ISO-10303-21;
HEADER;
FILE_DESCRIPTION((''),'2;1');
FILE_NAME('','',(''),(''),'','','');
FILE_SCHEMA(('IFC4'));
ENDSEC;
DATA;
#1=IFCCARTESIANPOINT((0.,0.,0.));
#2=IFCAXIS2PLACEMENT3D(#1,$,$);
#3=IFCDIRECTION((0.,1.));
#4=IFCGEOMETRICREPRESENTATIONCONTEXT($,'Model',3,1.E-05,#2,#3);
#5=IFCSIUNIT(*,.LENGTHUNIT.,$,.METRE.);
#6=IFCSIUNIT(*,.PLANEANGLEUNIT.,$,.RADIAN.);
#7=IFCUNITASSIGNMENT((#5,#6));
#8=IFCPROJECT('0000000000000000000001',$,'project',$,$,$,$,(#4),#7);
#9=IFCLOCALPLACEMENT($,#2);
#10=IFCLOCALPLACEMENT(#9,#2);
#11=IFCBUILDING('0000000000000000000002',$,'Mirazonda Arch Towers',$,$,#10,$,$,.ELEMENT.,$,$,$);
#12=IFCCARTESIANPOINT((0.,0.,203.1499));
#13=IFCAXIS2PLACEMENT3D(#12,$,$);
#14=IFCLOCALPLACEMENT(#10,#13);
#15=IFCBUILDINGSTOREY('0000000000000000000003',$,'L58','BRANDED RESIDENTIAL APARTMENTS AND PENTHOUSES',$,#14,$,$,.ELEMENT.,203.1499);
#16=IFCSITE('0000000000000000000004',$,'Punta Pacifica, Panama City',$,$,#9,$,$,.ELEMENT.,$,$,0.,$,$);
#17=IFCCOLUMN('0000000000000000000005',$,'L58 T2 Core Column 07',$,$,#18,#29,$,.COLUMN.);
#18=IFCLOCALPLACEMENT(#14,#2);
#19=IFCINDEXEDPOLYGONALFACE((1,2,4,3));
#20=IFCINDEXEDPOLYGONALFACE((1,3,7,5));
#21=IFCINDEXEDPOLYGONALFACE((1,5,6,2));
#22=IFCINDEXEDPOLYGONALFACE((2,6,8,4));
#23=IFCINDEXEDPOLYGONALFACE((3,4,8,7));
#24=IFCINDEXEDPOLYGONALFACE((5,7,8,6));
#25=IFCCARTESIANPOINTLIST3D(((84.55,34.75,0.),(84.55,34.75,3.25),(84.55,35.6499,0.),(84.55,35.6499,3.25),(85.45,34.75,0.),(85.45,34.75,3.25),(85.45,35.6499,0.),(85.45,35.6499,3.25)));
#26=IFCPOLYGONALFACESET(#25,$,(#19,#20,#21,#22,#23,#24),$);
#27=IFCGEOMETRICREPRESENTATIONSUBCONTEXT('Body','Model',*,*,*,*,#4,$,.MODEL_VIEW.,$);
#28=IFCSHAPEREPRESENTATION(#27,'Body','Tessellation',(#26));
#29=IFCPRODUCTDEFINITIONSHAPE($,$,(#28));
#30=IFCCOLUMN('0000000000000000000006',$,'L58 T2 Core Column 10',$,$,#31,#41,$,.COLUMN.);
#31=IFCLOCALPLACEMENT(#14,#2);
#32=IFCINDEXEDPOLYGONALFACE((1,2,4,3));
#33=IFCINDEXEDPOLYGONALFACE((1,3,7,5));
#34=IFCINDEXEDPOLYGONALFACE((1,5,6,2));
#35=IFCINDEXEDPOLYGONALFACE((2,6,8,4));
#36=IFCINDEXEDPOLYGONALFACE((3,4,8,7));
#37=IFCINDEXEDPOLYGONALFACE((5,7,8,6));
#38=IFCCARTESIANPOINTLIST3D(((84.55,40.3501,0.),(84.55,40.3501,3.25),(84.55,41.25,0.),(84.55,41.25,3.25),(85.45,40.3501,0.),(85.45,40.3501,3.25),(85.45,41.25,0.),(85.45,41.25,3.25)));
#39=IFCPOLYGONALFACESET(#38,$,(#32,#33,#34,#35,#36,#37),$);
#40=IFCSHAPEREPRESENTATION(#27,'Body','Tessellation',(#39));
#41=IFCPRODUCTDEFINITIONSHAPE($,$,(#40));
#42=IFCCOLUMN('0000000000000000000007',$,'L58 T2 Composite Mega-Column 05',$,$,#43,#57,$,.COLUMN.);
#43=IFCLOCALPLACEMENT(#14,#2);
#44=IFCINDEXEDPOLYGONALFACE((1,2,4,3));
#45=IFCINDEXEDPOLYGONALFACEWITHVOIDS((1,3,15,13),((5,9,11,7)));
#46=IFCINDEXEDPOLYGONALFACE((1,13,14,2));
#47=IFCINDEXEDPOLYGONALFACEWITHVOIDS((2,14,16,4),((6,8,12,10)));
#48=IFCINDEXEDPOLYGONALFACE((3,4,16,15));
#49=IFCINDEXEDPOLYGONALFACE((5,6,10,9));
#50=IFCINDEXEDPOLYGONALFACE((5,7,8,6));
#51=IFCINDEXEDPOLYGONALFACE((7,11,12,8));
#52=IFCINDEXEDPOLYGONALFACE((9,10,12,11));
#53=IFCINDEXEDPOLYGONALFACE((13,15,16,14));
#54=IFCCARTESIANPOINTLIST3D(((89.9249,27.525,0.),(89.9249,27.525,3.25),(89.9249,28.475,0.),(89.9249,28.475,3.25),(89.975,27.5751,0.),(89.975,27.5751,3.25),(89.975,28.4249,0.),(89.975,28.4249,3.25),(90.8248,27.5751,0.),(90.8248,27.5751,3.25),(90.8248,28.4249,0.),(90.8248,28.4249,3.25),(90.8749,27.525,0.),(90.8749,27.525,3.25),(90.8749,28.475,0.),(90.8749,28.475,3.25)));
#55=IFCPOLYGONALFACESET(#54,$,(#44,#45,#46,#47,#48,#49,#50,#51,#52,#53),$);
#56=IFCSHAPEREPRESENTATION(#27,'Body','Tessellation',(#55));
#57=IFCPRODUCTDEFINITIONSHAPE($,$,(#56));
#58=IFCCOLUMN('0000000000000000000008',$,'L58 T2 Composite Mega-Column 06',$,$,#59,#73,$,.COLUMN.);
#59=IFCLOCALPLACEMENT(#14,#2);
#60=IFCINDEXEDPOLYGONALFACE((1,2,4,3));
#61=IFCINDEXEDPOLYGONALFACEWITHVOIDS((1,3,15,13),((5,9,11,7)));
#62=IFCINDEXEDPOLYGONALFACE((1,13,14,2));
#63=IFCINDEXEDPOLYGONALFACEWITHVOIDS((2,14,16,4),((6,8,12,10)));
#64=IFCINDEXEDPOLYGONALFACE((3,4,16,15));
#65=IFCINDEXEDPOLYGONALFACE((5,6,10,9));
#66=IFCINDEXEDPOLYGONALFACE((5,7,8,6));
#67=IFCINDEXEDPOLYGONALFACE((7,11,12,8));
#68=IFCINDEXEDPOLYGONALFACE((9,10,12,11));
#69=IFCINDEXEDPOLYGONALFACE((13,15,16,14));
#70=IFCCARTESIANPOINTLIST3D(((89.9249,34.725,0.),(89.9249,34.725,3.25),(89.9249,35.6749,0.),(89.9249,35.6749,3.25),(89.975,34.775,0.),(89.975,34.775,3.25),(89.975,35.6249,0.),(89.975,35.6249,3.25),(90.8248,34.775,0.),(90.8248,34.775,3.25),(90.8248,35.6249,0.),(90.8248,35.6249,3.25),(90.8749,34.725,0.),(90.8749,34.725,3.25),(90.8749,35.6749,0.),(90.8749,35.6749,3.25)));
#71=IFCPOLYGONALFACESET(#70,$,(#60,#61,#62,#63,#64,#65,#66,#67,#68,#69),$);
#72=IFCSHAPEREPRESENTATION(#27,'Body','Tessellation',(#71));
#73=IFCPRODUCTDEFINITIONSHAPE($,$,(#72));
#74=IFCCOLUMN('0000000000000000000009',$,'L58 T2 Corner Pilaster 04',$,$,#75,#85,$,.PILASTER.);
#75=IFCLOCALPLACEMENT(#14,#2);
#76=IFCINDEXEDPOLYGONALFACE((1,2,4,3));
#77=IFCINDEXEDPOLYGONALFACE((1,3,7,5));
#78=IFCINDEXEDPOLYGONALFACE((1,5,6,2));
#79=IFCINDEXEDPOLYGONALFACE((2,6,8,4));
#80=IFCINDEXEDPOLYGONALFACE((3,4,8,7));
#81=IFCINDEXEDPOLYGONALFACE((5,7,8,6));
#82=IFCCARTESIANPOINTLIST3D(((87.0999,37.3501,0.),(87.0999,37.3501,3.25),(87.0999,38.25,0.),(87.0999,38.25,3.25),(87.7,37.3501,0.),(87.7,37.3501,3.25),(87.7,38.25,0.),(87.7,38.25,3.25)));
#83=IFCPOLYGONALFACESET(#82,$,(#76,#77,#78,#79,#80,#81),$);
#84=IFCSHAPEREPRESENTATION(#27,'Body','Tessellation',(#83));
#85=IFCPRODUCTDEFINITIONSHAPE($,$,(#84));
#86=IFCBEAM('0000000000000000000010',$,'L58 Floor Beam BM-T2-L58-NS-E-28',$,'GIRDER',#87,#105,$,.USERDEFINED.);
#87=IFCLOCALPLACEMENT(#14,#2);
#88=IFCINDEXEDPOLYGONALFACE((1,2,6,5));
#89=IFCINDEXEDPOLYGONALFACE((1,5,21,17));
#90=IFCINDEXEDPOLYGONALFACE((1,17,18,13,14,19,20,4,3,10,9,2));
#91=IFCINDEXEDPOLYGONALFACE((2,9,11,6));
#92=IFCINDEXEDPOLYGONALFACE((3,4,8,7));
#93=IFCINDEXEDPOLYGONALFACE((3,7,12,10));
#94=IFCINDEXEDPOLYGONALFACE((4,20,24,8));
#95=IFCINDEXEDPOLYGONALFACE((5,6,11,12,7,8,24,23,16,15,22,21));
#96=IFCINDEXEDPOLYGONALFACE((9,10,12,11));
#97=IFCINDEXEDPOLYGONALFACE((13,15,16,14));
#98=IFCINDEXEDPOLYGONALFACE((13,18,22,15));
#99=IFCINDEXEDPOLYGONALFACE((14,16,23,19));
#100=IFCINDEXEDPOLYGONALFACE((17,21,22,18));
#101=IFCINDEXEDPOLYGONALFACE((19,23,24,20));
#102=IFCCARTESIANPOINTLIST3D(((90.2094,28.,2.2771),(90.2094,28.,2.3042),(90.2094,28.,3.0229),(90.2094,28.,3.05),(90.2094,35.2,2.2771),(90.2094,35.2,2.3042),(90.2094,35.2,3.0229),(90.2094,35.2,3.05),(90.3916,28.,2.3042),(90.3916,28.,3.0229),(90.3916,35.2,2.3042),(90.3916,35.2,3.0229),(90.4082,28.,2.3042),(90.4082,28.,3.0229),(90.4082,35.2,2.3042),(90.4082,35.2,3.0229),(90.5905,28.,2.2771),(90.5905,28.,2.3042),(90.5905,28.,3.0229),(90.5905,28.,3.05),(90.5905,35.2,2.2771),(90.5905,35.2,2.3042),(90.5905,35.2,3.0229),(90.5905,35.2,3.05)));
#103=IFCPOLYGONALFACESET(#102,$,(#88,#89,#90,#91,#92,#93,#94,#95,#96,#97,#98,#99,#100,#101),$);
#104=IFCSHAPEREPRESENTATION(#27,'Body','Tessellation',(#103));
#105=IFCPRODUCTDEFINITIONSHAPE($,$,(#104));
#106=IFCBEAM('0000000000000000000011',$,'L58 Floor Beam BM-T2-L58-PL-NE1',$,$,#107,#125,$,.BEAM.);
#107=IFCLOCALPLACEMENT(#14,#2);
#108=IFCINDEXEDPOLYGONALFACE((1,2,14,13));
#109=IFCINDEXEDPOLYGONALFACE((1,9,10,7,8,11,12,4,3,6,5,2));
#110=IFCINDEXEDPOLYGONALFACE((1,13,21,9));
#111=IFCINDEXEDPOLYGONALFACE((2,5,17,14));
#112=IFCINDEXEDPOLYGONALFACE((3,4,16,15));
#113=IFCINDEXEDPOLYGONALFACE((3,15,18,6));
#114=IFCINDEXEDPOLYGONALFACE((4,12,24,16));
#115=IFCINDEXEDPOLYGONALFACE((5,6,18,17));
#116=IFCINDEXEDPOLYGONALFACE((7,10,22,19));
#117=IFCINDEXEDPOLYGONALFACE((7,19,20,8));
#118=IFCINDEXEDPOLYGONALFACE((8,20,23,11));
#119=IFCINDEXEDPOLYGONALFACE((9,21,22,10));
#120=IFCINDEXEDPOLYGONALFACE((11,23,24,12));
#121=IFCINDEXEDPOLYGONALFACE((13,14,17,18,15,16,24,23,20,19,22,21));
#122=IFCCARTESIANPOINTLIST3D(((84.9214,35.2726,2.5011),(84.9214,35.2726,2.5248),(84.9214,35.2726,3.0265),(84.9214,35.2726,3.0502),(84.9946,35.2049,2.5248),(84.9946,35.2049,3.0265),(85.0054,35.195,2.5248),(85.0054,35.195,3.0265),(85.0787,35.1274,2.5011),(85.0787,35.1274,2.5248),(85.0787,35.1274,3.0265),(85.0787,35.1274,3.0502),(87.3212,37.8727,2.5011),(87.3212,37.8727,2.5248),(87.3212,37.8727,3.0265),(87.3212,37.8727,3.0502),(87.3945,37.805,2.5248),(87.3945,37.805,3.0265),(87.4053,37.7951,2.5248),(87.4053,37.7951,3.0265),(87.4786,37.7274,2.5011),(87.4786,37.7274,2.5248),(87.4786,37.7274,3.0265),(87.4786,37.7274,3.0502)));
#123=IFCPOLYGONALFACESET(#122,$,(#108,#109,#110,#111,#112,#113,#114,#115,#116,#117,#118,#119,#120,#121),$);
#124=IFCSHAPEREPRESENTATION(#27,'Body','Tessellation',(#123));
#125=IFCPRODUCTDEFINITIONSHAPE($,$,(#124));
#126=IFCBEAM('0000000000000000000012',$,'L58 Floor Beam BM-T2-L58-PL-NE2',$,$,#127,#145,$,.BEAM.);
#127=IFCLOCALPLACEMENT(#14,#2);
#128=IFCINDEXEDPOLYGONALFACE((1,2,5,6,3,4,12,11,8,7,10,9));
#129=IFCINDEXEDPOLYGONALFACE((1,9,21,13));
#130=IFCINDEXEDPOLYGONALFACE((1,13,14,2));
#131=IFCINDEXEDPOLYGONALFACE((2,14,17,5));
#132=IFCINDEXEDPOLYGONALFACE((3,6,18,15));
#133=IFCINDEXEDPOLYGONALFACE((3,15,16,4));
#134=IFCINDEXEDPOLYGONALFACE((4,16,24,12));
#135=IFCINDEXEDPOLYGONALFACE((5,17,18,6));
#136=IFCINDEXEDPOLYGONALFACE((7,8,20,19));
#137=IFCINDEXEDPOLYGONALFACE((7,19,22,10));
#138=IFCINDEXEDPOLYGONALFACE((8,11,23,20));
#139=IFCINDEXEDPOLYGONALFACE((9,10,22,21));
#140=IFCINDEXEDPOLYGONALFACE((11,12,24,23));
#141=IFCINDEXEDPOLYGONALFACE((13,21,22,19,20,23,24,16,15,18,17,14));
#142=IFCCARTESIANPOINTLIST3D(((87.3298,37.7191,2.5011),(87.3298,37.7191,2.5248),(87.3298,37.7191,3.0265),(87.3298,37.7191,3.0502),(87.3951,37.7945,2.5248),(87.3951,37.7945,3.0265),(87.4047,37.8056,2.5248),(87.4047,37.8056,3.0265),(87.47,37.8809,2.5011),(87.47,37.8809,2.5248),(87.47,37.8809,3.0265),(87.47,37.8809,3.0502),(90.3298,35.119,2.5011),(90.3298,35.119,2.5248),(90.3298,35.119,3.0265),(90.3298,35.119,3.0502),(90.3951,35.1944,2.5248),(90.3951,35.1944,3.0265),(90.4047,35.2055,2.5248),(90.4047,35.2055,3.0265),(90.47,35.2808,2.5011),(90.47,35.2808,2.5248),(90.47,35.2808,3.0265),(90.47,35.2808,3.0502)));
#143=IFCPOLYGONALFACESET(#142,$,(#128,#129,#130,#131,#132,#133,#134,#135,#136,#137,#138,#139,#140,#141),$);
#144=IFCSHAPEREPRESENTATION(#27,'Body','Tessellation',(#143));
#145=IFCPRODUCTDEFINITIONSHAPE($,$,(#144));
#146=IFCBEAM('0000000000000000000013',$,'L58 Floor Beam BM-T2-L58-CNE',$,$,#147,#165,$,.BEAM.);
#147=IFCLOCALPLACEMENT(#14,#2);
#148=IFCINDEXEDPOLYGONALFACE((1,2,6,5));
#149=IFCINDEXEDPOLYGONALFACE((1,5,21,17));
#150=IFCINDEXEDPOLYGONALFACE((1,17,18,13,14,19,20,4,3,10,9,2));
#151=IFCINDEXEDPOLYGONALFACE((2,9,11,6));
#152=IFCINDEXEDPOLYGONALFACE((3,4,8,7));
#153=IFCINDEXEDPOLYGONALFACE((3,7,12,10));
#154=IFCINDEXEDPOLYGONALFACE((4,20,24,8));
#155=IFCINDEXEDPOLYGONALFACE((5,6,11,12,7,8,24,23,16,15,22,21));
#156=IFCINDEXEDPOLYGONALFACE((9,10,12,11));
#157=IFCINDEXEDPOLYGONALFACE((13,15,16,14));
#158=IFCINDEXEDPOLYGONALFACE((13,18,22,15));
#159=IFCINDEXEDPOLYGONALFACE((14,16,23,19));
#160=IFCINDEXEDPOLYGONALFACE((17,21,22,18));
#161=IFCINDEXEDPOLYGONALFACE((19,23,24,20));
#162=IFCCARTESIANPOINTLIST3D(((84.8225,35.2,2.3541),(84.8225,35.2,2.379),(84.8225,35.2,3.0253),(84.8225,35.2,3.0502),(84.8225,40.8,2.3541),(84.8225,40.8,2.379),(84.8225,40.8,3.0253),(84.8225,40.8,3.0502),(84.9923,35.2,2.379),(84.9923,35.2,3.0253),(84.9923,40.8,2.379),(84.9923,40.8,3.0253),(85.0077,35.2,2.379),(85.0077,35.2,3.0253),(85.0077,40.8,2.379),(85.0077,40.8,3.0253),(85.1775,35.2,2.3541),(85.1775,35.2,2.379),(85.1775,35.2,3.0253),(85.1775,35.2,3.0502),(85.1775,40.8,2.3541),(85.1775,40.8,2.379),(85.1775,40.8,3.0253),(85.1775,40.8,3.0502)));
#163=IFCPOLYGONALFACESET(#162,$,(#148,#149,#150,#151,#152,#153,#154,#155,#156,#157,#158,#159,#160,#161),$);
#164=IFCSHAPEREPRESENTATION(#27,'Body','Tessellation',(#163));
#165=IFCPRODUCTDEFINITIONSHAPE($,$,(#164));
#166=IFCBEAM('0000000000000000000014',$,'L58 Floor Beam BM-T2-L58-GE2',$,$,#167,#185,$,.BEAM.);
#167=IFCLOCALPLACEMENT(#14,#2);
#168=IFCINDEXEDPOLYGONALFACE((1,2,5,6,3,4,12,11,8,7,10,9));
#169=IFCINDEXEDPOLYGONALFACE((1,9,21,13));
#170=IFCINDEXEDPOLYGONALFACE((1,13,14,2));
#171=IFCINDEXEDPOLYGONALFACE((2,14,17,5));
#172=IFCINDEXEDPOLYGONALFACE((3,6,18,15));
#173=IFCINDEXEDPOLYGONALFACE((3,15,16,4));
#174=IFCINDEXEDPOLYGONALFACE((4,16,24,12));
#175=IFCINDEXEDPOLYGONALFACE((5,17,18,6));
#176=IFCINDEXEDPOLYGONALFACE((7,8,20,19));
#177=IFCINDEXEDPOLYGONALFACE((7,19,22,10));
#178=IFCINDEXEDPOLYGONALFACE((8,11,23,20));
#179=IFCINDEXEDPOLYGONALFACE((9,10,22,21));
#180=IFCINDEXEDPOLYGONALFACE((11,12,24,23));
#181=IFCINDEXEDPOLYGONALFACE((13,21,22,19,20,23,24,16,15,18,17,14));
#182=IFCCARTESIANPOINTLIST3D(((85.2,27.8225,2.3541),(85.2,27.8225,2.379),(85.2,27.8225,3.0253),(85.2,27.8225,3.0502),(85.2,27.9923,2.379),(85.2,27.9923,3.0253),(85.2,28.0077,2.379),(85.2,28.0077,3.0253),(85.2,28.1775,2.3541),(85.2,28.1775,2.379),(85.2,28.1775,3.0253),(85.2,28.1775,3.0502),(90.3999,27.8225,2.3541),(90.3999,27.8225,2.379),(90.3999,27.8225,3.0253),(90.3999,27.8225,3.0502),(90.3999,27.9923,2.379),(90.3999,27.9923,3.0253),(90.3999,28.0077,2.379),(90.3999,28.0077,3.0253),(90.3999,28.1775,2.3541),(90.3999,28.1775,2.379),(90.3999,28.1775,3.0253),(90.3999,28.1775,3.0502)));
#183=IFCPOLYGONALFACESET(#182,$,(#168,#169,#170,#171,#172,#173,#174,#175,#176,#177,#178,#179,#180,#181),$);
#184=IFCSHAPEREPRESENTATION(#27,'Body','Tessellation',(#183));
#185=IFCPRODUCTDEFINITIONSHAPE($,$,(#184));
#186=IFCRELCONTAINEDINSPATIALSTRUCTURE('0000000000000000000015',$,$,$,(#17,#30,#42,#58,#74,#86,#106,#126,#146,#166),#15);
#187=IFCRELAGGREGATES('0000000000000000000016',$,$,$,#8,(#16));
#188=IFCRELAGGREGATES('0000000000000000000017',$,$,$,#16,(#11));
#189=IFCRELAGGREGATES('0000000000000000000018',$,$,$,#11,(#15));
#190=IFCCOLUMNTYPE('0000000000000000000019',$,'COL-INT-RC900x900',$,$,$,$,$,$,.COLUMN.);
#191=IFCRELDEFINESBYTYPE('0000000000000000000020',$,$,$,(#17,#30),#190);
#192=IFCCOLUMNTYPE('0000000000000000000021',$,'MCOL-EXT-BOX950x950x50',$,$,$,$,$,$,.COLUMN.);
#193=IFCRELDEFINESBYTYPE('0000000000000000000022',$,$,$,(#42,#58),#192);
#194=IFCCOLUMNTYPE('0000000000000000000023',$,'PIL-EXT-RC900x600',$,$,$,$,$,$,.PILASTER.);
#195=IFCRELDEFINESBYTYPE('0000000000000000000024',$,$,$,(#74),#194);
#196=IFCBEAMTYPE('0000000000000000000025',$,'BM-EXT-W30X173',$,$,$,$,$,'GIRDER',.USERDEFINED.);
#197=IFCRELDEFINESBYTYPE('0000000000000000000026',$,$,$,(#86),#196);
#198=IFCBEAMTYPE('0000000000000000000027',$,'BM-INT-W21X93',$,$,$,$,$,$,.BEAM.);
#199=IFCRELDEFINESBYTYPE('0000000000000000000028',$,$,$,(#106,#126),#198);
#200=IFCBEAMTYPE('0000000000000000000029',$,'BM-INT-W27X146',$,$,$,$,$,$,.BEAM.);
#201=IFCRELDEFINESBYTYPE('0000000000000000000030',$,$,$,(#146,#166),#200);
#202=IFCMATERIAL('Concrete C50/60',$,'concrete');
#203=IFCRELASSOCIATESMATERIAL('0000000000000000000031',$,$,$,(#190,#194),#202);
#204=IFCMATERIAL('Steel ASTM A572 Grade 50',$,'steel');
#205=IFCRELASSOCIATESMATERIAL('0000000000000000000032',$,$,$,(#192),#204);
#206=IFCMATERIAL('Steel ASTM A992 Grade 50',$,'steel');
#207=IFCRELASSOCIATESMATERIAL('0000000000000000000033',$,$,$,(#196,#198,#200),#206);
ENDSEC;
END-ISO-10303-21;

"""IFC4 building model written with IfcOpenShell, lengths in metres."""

from ifc_helpers import new_model, si_unit, direction, frame, origin, origin_2d, place, context, subcontext, project, spatial, rectangle, hollow_rectangle, i_section, extrude, material, material_profile, profile_set, type_object, element, save


model = new_model("IFC4")

# Units and contexts
model_context = context("Model", 3, precision=1e-05, world=origin(), true_north=direction((0.0, 1.0)))
body_context = subcontext(model_context, "Body", "Model", "MODEL_VIEW")
ifc_project = project(units=[si_unit("LENGTHUNIT", "METRE"), si_unit("PLANEANGLEUNIT", "RADIAN")], contexts=[model_context])

# Site, building, storey
site_placement = place(None, origin())
site = spatial("IfcSite", under=ifc_project, at=site_placement, Name="Punta Pacifica, Panama City", CompositionType="ELEMENT", RefElevation=0.0)
building_placement = place(site_placement, origin())
building = spatial("IfcBuilding", under=site, at=building_placement, Name="Mirazonda Arch Towers", CompositionType="ELEMENT")
storey_placement = place(building_placement, frame((0.0, 0.0, 203.1499)))
storey = spatial("IfcBuildingStorey", under=building, at=storey_placement, Name="L58", Description="BRANDED RESIDENTIAL APARTMENTS AND PENTHOUSES", CompositionType="ELEMENT", Elevation=203.1499)

# Columns
ifc_material_1 = material(Name="Concrete C50/60", Category="concrete")
ifc_material_profile_1 = material_profile(ifc_material_1, rectangle(XDim=0.8999, YDim=0.8999, at=origin_2d()), Name="RC900x900")
ifc_profile_set_1 = profile_set([ifc_material_profile_1], Name="Concrete C50/60")
column_type_1 = type_object("IfcColumnType", Name="COL-INT-RC900x900", PredefinedType="COLUMN", material=ifc_profile_set_1)
for number, where, z_axis, x_axis, name in (
    (1, (85.0, 35.2, 0.0), (0.0, 0.0, 1.0), (1.0, 0.0, 0.0), "L58 T2 Core Column 07"),
    (2, (85.0, 40.8, 0.0), (0.0, 0.0, 1.0), (1.0, 0.0, 0.0), "L58 T2 Core Column 10"),
):
    element("IfcColumn", number, at=place(storey_placement, frame(where, z_axis=z_axis, x_axis=x_axis)), inside=storey, type_object=column_type_1, Name=name, PredefinedType="COLUMN", context=body_context, shape_type="SweptSolid", body=[
        extrude(rectangle(XDim=0.8999, YDim=0.8999, at=origin_2d()), origin(), (0.0, 0.0, 1.0), 3.25),
    ])
ifc_material_2 = material(Name="Steel ASTM A572 Grade 50", Category="steel")
ifc_material_profile_2 = material_profile(ifc_material_2, hollow_rectangle(XDim=0.95, YDim=0.95, WallThickness=0.05, at=origin_2d()), Name="BOX950x950x50")
ifc_profile_set_2 = profile_set([ifc_material_profile_2], Name="Steel ASTM A572 Grade 50")
column_type_2 = type_object("IfcColumnType", Name="MCOL-EXT-BOX950x950x50", PredefinedType="COLUMN", material=ifc_profile_set_2)
for number, where, z_axis, x_axis, name in (
    (3, (90.3999, 28.0, 0.0), (0.0, 0.0, 1.0), (1.0, 0.0, 0.0), "L58 T2 Composite Mega-Column 05"),
    (4, (90.3999, 35.2, 0.0), (0.0, 0.0, 1.0), (1.0, 0.0, 0.0), "L58 T2 Composite Mega-Column 06"),
):
    element("IfcColumn", number, at=place(storey_placement, frame(where, z_axis=z_axis, x_axis=x_axis)), inside=storey, type_object=column_type_2, Name=name, PredefinedType="COLUMN", context=body_context, shape_type="SweptSolid", body=[
        extrude(hollow_rectangle(XDim=0.95, YDim=0.95, WallThickness=0.05, at=origin_2d()), origin(), (0.0, 0.0, 1.0), 3.25),
    ])
ifc_material_profile_3 = material_profile(ifc_material_1, rectangle(XDim=0.6001, YDim=0.8999, at=origin_2d()), Name="RC900x600")
ifc_profile_set_3 = profile_set([ifc_material_profile_3], Name="Concrete C50/60")
column_type_3 = type_object("IfcColumnType", Name="PIL-EXT-RC900x600", PredefinedType="PILASTER", material=ifc_profile_set_3)
column_placement = place(storey_placement, frame((87.3999, 37.8, 0.0), z_axis=(0.0, 0.0, 1.0), x_axis=(1.0, 0.0, 0.0)))
element("IfcColumn", 5, at=column_placement, inside=storey, type_object=column_type_3, Name="L58 T2 Corner Pilaster 04", PredefinedType="PILASTER", context=body_context, shape_type="SweptSolid", body=[
    extrude(rectangle(XDim=0.6001, YDim=0.8999, at=origin_2d()), origin(), (0.0, 0.0, 1.0), 3.25),
])

# Beams
ifc_material_3 = material(Name="Steel ASTM A992 Grade 50", Category="steel")
ifc_material_profile_4 = material_profile(ifc_material_3, i_section(OverallWidth=0.3811, OverallDepth=0.7729, WebThickness=0.0166, FlangeThickness=0.0271, at=origin_2d()), Name="W30X173")
ifc_profile_set_4 = profile_set([ifc_material_profile_4], Name="Steel ASTM A992 Grade 50")
beam_type_1 = type_object("IfcBeamType", Name="BM-EXT-W30X173", ElementType="GIRDER", PredefinedType="USERDEFINED", material=ifc_profile_set_4)
beam_1_placement = place(storey_placement, frame((90.3999, 28.0, 2.6636), z_axis=(0.0, 1.0, 0.0), x_axis=(-1.0, 0.0, 0.0)))
element("IfcBeam", 6, at=beam_1_placement, inside=storey, type_object=beam_type_1, Name="L58 Floor Beam BM-T2-L58-NS-E-28", ObjectType="GIRDER", PredefinedType="USERDEFINED", context=body_context, shape_type="SweptSolid", body=[
    extrude(i_section(OverallWidth=0.3811, OverallDepth=0.7729, WebThickness=0.0166, FlangeThickness=0.0271, at=origin_2d()), origin(), (0.0, 0.0, 1.0), 7.2),
])
ifc_material_profile_5 = material_profile(ifc_material_3, i_section(OverallWidth=0.2141, OverallDepth=0.5491, WebThickness=0.0146, FlangeThickness=0.0237, at=origin_2d()), Name="W21X93")
ifc_profile_set_5 = profile_set([ifc_material_profile_5], Name="Steel ASTM A992 Grade 50")
beam_type_2 = type_object("IfcBeamType", Name="BM-INT-W21X93", PredefinedType="BEAM", material=ifc_profile_set_5)
beam_2_placement = place(storey_placement, frame((87.3999, 37.8, 2.7756), z_axis=(-0.678251, -0.73483, 0.0), x_axis=(0.73483, -0.678251, 0.0)))
element("IfcBeam", 7, at=beam_2_placement, inside=storey, type_object=beam_type_2, Name="L58 Floor Beam BM-T2-L58-PL-NE1", PredefinedType="BEAM", context=body_context, shape_type="SweptSolid", body=[
    extrude(i_section(OverallWidth=0.2141, OverallDepth=0.5491, WebThickness=0.0146, FlangeThickness=0.0237, at=origin_2d()), origin(), (0.0, 0.0, 1.0), 3.5383),
])
beam_3_placement = place(storey_placement, frame((87.3999, 37.8, 2.7756), z_axis=(0.755677, -0.654945, 0.0), x_axis=(0.654945, 0.755677, 0.0)))
element("IfcBeam", 8, at=beam_3_placement, inside=storey, type_object=beam_type_2, Name="L58 Floor Beam BM-T2-L58-PL-NE2", PredefinedType="BEAM", context=body_context, shape_type="SweptSolid", body=[
    extrude(i_section(OverallWidth=0.2141, OverallDepth=0.5491, WebThickness=0.0146, FlangeThickness=0.0237, at=origin_2d()), origin(), (0.0, 0.0, 1.0), 3.97),
])
ifc_material_profile_6 = material_profile(ifc_material_3, i_section(OverallWidth=0.355, OverallDepth=0.696, WebThickness=0.0154, FlangeThickness=0.0249, at=origin_2d()), Name="W27X146")
ifc_profile_set_6 = profile_set([ifc_material_profile_6], Name="Steel ASTM A992 Grade 50")
beam_type_3 = type_object("IfcBeamType", Name="BM-INT-W27X146", PredefinedType="BEAM", material=ifc_profile_set_6)
beam_4_placement = place(storey_placement, frame((85.0, 35.2, 2.7021), z_axis=(0.0, 1.0, 0.0), x_axis=(-1.0, 0.0, 0.0)))
element("IfcBeam", 9, at=beam_4_placement, inside=storey, type_object=beam_type_3, Name="L58 Floor Beam BM-T2-L58-CNE", PredefinedType="BEAM", context=body_context, shape_type="SweptSolid", body=[
    extrude(i_section(OverallWidth=0.355, OverallDepth=0.696, WebThickness=0.0154, FlangeThickness=0.0249, at=origin_2d()), origin(), (0.0, 0.0, 1.0), 5.6001),
])
beam_5_placement = place(storey_placement, frame((85.2, 28.0, 2.7021), z_axis=(1.0, 0.0, 0.0), x_axis=(0.0, 1.0, 0.0)))
element("IfcBeam", 10, at=beam_5_placement, inside=storey, type_object=beam_type_3, Name="L58 Floor Beam BM-T2-L58-GE2", PredefinedType="BEAM", context=body_context, shape_type="SweptSolid", body=[
    extrude(i_section(OverallWidth=0.355, OverallDepth=0.696, WebThickness=0.0154, FlangeThickness=0.0249, at=origin_2d()), origin(), (0.0, 0.0, 1.0), 5.2),
])

save(model, "model.ifc")
